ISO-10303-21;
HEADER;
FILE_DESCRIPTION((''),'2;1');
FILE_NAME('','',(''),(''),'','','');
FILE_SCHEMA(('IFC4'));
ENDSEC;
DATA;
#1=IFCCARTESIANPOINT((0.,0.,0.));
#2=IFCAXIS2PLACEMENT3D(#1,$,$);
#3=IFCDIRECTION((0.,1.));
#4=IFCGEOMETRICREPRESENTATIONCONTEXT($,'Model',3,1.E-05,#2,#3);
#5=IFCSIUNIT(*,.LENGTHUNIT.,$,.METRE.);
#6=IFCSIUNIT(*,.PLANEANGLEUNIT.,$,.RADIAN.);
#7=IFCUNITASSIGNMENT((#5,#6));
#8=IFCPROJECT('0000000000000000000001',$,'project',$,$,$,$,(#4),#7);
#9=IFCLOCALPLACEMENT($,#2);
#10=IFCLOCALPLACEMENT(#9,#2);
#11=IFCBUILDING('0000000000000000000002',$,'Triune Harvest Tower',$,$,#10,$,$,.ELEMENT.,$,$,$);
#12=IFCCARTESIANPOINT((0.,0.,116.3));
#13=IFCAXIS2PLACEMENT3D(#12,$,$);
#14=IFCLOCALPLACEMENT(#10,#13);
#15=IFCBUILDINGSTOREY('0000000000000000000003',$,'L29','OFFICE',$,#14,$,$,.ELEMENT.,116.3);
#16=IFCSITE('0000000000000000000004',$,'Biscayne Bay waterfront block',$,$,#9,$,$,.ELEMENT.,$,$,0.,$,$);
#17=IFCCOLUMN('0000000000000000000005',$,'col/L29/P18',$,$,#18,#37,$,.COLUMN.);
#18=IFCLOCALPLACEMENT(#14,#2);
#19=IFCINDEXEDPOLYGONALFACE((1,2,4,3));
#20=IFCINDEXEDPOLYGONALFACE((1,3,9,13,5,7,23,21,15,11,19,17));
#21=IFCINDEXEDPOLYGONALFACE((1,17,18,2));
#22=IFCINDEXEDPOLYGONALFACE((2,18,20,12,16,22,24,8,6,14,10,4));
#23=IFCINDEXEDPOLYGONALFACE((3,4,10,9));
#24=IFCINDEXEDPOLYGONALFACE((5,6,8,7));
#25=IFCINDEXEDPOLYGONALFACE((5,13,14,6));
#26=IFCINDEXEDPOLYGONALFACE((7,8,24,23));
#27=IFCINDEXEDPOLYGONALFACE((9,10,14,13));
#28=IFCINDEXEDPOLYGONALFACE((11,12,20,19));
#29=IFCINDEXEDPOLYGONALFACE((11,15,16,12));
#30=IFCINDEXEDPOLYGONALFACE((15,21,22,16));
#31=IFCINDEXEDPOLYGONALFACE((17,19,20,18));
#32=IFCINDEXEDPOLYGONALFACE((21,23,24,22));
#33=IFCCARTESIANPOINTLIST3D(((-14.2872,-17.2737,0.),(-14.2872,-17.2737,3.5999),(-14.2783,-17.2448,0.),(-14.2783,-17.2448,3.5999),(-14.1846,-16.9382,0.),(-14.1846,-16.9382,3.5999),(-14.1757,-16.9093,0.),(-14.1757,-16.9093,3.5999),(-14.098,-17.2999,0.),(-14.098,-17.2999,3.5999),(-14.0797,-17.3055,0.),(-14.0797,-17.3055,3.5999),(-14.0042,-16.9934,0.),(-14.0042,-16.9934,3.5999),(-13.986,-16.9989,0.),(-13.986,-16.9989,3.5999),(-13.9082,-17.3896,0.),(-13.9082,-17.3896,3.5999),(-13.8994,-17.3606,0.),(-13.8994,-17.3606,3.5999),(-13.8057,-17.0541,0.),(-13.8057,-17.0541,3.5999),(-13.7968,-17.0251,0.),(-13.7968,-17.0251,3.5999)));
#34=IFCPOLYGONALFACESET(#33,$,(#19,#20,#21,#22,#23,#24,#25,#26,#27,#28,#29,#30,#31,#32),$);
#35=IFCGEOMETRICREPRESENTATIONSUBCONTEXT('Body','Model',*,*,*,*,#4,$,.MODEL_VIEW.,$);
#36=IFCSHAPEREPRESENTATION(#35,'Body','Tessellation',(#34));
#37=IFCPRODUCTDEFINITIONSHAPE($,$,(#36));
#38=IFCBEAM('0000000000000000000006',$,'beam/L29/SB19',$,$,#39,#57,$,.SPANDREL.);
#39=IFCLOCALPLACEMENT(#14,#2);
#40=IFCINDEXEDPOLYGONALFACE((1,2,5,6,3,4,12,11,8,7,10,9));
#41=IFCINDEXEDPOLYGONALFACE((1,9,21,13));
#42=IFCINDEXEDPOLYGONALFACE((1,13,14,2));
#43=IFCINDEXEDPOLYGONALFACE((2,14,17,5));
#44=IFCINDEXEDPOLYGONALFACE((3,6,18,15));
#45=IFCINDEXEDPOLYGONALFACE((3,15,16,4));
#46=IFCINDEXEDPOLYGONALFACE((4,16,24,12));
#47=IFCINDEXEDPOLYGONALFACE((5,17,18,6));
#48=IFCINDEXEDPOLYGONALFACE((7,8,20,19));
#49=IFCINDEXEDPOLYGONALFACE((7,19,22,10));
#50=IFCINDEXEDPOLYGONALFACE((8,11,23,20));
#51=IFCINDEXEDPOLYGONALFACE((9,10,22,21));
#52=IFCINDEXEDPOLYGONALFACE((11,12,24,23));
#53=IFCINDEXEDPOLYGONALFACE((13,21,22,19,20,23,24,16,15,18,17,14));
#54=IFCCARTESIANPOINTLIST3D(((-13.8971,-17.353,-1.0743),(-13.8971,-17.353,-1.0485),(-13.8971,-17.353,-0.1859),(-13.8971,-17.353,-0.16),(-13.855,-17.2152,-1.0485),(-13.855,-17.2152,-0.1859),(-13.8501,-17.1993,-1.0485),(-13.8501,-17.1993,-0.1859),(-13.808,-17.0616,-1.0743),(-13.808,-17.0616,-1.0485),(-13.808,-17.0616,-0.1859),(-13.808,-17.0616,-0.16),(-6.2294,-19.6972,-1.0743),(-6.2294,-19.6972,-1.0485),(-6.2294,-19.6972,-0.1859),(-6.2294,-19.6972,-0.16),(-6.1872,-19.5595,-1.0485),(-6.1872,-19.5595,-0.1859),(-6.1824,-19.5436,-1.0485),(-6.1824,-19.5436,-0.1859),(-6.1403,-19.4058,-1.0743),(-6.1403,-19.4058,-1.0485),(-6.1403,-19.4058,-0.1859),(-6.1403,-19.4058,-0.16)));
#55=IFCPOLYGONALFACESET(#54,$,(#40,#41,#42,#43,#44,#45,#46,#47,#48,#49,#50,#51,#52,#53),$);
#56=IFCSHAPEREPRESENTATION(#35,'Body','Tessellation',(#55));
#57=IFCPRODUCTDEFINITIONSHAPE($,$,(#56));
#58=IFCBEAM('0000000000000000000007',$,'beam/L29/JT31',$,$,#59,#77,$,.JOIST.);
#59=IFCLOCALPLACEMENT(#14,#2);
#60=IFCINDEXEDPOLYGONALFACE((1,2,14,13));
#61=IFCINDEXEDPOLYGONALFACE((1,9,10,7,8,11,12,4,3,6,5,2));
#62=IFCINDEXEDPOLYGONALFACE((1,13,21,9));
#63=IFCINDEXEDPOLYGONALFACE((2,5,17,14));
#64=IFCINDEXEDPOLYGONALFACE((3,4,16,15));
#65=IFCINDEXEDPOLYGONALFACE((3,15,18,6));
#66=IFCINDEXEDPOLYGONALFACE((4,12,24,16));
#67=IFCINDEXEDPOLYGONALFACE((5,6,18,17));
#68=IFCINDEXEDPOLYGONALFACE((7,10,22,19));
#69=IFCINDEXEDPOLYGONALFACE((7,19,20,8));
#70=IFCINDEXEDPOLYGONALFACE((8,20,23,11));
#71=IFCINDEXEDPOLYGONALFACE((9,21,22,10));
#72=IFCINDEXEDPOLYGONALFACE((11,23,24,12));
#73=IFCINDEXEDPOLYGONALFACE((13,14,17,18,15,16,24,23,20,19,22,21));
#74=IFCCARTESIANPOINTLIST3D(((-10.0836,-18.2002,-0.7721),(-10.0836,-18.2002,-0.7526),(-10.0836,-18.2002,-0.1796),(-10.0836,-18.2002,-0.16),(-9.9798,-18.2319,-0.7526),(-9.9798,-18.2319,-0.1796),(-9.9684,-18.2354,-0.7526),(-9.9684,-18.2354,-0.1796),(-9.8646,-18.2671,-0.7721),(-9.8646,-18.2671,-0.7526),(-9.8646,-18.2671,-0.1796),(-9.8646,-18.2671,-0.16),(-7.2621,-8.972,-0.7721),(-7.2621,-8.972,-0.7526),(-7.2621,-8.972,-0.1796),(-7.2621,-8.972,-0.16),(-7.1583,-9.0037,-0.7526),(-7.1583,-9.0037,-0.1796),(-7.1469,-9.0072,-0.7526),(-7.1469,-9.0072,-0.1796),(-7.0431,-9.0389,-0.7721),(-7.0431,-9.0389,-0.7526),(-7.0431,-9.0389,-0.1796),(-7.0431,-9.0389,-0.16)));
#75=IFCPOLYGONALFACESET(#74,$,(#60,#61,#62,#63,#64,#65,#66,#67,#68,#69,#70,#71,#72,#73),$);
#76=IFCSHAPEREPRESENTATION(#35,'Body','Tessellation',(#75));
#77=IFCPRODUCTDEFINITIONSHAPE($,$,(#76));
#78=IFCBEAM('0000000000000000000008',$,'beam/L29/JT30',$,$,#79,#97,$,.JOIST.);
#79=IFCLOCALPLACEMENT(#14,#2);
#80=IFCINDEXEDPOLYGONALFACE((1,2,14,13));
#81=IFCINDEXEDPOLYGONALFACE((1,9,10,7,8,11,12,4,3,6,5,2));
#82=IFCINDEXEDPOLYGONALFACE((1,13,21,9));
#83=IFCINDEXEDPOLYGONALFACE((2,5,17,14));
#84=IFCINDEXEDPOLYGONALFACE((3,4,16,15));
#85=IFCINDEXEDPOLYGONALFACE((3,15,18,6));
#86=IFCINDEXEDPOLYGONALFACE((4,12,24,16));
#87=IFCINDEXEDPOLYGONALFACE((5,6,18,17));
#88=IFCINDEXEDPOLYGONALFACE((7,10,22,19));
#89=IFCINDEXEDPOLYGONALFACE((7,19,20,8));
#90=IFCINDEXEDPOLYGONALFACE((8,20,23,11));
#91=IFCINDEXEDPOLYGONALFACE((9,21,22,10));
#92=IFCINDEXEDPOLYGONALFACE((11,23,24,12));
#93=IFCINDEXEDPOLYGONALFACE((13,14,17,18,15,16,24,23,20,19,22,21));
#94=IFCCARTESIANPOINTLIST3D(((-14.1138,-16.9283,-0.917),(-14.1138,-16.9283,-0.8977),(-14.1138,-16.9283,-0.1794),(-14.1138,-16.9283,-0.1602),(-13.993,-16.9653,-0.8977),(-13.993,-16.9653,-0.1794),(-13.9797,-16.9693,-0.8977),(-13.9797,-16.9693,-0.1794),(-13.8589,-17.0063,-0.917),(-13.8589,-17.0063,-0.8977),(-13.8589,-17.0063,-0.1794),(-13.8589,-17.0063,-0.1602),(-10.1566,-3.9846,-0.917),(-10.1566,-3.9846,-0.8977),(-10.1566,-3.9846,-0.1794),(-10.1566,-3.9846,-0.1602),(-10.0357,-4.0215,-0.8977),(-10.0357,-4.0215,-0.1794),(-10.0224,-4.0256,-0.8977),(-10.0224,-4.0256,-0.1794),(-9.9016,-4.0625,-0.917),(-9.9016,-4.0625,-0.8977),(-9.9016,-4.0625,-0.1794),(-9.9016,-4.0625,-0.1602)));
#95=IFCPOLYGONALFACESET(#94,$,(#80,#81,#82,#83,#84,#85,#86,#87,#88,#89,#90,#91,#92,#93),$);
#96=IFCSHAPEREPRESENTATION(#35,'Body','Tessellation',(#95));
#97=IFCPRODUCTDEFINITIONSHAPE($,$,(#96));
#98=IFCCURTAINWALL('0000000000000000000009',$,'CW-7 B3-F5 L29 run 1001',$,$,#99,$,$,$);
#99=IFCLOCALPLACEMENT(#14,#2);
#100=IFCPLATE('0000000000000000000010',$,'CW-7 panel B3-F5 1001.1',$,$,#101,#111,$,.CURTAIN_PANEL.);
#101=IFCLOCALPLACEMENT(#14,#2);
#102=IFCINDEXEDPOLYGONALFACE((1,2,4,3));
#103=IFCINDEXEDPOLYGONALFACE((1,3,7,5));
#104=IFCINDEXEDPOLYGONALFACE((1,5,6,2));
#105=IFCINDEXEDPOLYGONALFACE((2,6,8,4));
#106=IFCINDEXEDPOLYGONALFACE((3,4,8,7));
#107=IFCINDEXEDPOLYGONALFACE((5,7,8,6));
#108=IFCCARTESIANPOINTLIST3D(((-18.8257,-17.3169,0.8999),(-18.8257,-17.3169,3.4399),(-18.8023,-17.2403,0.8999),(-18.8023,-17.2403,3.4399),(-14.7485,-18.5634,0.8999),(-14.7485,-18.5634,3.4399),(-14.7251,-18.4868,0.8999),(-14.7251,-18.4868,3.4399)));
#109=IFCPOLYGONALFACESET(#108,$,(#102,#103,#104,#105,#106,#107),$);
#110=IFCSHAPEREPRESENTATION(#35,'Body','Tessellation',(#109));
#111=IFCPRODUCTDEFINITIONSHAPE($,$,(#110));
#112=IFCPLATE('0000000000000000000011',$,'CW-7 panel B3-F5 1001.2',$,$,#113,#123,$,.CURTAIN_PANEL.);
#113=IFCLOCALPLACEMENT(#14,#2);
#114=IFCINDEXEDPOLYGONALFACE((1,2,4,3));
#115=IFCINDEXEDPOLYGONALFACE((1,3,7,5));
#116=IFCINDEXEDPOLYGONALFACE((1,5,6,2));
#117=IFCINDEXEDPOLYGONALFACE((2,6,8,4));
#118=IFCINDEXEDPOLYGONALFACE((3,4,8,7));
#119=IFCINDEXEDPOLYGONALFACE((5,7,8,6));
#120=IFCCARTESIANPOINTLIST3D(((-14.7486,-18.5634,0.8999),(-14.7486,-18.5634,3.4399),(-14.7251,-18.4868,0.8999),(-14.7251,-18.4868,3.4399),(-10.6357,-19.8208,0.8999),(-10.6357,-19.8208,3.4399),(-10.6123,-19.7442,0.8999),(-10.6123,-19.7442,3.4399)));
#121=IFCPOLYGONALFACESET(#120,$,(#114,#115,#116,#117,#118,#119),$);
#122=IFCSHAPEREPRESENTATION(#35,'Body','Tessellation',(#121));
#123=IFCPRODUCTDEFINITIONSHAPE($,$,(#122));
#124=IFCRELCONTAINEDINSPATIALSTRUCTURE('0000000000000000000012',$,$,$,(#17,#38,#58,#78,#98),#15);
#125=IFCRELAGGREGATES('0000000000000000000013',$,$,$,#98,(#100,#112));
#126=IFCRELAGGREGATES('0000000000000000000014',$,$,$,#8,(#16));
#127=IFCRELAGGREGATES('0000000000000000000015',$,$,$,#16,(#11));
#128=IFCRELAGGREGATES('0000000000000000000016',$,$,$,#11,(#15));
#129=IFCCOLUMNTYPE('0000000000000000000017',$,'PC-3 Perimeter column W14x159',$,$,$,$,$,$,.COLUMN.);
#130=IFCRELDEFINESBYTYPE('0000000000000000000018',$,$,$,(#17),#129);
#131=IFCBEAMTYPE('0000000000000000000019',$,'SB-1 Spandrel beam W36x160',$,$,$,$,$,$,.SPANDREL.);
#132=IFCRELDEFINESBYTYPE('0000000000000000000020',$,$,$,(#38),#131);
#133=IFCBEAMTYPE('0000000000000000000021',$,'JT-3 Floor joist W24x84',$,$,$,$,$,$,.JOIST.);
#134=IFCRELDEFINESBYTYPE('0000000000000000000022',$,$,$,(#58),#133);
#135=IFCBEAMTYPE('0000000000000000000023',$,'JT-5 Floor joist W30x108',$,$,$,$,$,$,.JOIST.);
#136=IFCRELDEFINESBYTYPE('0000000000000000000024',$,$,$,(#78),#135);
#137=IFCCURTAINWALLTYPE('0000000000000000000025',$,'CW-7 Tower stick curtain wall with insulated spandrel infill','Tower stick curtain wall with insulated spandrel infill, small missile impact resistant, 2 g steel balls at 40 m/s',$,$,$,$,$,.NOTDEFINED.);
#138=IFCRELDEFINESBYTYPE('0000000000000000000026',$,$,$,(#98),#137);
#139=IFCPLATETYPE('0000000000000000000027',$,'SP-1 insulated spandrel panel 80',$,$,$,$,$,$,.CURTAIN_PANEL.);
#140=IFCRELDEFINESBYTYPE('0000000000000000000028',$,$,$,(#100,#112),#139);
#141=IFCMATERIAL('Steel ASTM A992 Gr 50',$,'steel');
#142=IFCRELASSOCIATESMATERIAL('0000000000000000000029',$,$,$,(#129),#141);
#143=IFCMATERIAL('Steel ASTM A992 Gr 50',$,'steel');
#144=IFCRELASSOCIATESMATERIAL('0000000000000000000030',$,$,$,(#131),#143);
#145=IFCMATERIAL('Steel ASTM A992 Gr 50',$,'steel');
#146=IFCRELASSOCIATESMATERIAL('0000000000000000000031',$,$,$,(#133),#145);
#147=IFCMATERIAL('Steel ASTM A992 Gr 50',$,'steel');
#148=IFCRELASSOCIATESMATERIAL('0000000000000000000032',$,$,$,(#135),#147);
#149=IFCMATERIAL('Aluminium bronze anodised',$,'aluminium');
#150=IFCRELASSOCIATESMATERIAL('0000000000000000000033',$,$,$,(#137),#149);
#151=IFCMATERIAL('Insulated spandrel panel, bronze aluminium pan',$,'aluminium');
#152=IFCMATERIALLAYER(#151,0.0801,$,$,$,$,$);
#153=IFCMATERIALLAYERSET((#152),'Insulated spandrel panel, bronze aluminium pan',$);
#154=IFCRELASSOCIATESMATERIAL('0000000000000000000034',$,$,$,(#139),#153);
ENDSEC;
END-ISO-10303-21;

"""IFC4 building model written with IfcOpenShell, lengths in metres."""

from ifc_helpers import new_model, si_unit, direction, frame, origin, origin_2d, place, context, subcontext, project, spatial, rectangle, i_section, extrude, source, transform, mapped, material, layer, layer_set, material_profile, profile_set, type_object, element, aggregate, save


model = new_model("IFC4")

# Units and contexts
model_context = context("Model", 3, precision=1e-05, world=origin(), true_north=direction((0.0, 1.0)))
body_context = subcontext(model_context, "Body", "Model", "MODEL_VIEW")
ifc_project = project(units=[si_unit("LENGTHUNIT", "METRE"), si_unit("PLANEANGLEUNIT", "RADIAN")], contexts=[model_context])

# Site, building, storey
site_placement = place(None, origin())
site = spatial("IfcSite", under=ifc_project, at=site_placement, Name="Biscayne Bay waterfront block", CompositionType="ELEMENT", RefElevation=0.0)
building_placement = place(site_placement, origin())
building = spatial("IfcBuilding", under=site, at=building_placement, Name="Triune Harvest Tower", CompositionType="ELEMENT")
storey_placement = place(building_placement, frame((0.0, 0.0, 116.3)))
storey = spatial("IfcBuildingStorey", under=building, at=storey_placement, Name="L29", Description="OFFICE", CompositionType="ELEMENT", Elevation=116.3)

# Column
ifc_material_1 = material(Name="Steel ASTM A992 Gr 50", Category="steel")
ifc_material_profile_1 = material_profile(ifc_material_1, i_section(OverallWidth=0.3962, OverallDepth=0.3811, WebThickness=0.019, FlangeThickness=0.0303, at=origin_2d()), Name="W14x159")
ifc_profile_set_1 = profile_set([ifc_material_profile_1], Name="Steel ASTM A992 Gr 50")
column_type = type_object("IfcColumnType", Name="PC-3 Perimeter column W14x159", PredefinedType="COLUMN", material=ifc_profile_set_1)
shared_shape_1 = source(origin(), body_context, "Body", "SweptSolid", [
    extrude(i_section(OverallWidth=0.3962, OverallDepth=0.3811, WebThickness=0.019, FlangeThickness=0.0303, at=origin_2d()), origin(), (0.0, 0.0, 1.0), 3.5999),
])
column_placement = place(storey_placement, frame((-14.042, -17.1494, 0.0), z_axis=(0.0, 0.0, 1.0), x_axis=(0.956305, -0.292372, 0.0)))
element("IfcColumn", 1, at=column_placement, inside=storey, type_object=column_type, Name="col/L29/P18", PredefinedType="COLUMN", context=body_context, shape_type="MappedRepresentation", body=[
    mapped(shared_shape_1, transform((0.0, 0.0, 0.0), scale=1.0)),
])

# Beams
ifc_material_2 = material(Name="Steel ASTM A992 Gr 50", Category="steel")
ifc_material_profile_2 = material_profile(ifc_material_2, i_section(OverallWidth=0.3047, OverallDepth=0.9143, WebThickness=0.0166, FlangeThickness=0.0259, at=origin_2d()), Name="W36x160")
ifc_profile_set_2 = profile_set([ifc_material_profile_2], Name="Steel ASTM A992 Gr 50")
beam_type_1 = type_object("IfcBeamType", Name="SB-1 Spandrel beam W36x160", PredefinedType="SPANDREL", material=ifc_profile_set_2)
shared_shape_2 = source(origin(), body_context, "Body", "SweptSolid", [
    extrude(i_section(OverallWidth=0.3047, OverallDepth=0.9143, WebThickness=0.0166, FlangeThickness=0.0259, at=origin_2d()), origin(), (0.0, 0.0, 1.0), 8.0181),
])
beam_1_placement = place(storey_placement, frame((-13.8525, -17.2073, -0.6172), z_axis=(0.956305, -0.292369, 0.0), x_axis=(0.292369, 0.956305, 0.0)))
element("IfcBeam", 2, at=beam_1_placement, inside=storey, type_object=beam_type_1, Name="beam/L29/SB19", PredefinedType="SPANDREL", context=body_context, shape_type="MappedRepresentation", body=[
    mapped(shared_shape_2, transform((0.0, 0.0, 0.0), scale=1.0)),
])
ifc_material_3 = material(Name="Steel ASTM A992 Gr 50", Category="steel")
ifc_material_profile_3 = material_profile(ifc_material_3, i_section(OverallWidth=0.229, OverallDepth=0.6121, WebThickness=0.012, FlangeThickness=0.0195, at=origin_2d()), Name="W24x84")
ifc_profile_set_3 = profile_set([ifc_material_profile_3], Name="Steel ASTM A992 Gr 50")
beam_type_2 = type_object("IfcBeamType", Name="JT-3 Floor joist W24x84", PredefinedType="JOIST", material=ifc_profile_set_3)
shared_shape_3 = source(origin(), body_context, "Body", "SweptSolid", [
    extrude(i_section(OverallWidth=0.229, OverallDepth=0.6121, WebThickness=0.012, FlangeThickness=0.0195, at=origin_2d()), origin(), (0.0, 0.0, 1.0), 9.6499),
])
beam_2_placement = place(storey_placement, frame((-9.9741, -18.2336, -0.4661), z_axis=(0.292388, 0.9563, 0.0), x_axis=(-0.9563, 0.292388, 0.0)))
element("IfcBeam", 3, at=beam_2_placement, inside=storey, type_object=beam_type_2, Name="beam/L29/JT31", PredefinedType="JOIST", context=body_context, shape_type="MappedRepresentation", body=[
    mapped(shared_shape_3, transform((0.0, 0.0, 0.0), scale=1.0)),
])
ifc_material_4 = material(Name="Steel ASTM A992 Gr 50", Category="steel")
ifc_material_profile_4 = material_profile(ifc_material_4, i_section(OverallWidth=0.2666, OverallDepth=0.7568, WebThickness=0.0139, FlangeThickness=0.0193, at=origin_2d()), Name="W30x108")
ifc_profile_set_4 = profile_set([ifc_material_profile_4], Name="Steel ASTM A992 Gr 50")
beam_type_3 = type_object("IfcBeamType", Name="JT-5 Floor joist W30x108", PredefinedType="JOIST", material=ifc_profile_set_4)
shared_shape_4 = source(origin(), body_context, "Body", "SweptSolid", [
    extrude(i_section(OverallWidth=0.2666, OverallDepth=0.7568, WebThickness=0.0139, FlangeThickness=0.0193, at=origin_2d()), origin(), (0.0, 0.0, 1.0), 13.5352),
])
beam_3_placement = place(storey_placement, frame((-13.9863, -16.9673, -0.5386), z_axis=(0.292368, 0.956306, 0.0), x_axis=(-0.956306, 0.292368, 0.0)))
element("IfcBeam", 4, at=beam_3_placement, inside=storey, type_object=beam_type_3, Name="beam/L29/JT30", PredefinedType="JOIST", context=body_context, shape_type="MappedRepresentation", body=[
    mapped(shared_shape_4, transform((0.0, 0.0, 0.0), scale=1.0)),
])

# Curtain wall, plates
ifc_material_5 = material(Name="Aluminium bronze anodised", Category="aluminium")
curtain_wall_type = type_object("IfcCurtainWallType", Name="CW-7 Tower stick curtain wall with insulated spandrel infill", Description="Tower stick curtain wall with insulated spandrel infill, small missile impact resistant, 2 g steel balls at 40 m/s", PredefinedType="NOTDEFINED", material=ifc_material_5)
curtain_wall_placement = place(storey_placement, origin())
curtain_wall = element("IfcCurtainWall", 5, at=curtain_wall_placement, inside=storey, type_object=curtain_wall_type, Name="CW-7 B3-F5 L29 run 1001")
ifc_material_6 = material(Name="Insulated spandrel panel, bronze aluminium pan", Category="aluminium")
ifc_layer_1 = layer(ifc_material_6, 0.0801)
ifc_layer_set_1 = layer_set([ifc_layer_1], Name="Insulated spandrel panel, bronze aluminium pan")
plate_type = type_object("IfcPlateType", Name="SP-1 insulated spandrel panel 80", PredefinedType="CURTAIN_PANEL", material=ifc_layer_set_1)
shared_shape_5 = source(origin(), body_context, "Body", "SweptSolid", [
    extrude(rectangle(XDim=4.2634, YDim=0.0801, at=origin_2d()), origin(), (0.0, 0.0, 1.0), 2.54),
])
plate_1_placement = place(storey_placement, frame((-16.7754, -17.9019, 0.8999), z_axis=(0.0, 0.0, 1.0), x_axis=(0.956304, -0.292373, 0.0)))
plate_1 = element("IfcPlate", 6, at=plate_1_placement, type_object=plate_type, Name="CW-7 panel B3-F5 1001.1", PredefinedType="CURTAIN_PANEL", context=body_context, shape_type="MappedRepresentation", body=[
    mapped(shared_shape_5, transform((0.0, 0.0, 0.0), scale=1.0)),
])
shared_shape_6 = source(origin(), body_context, "Body", "SweptSolid", [
    extrude(rectangle(XDim=4.3008, YDim=0.0801, at=origin_2d()), origin(), (0.0, 0.0, 1.0), 2.54),
])
plate_2_placement = place(storey_placement, frame((-12.6804, -19.1538, 0.8999), z_axis=(0.0, 0.0, 1.0), x_axis=(0.956304, -0.292373, 0.0)))
plate_2 = element("IfcPlate", 7, at=plate_2_placement, type_object=plate_type, Name="CW-7 panel B3-F5 1001.2", PredefinedType="CURTAIN_PANEL", context=body_context, shape_type="MappedRepresentation", body=[
    mapped(shared_shape_6, transform((0.0, 0.0, 0.0), scale=1.0)),
])
aggregate(curtain_wall, [plate_1, plate_2])

save(model, "model.ifc")
